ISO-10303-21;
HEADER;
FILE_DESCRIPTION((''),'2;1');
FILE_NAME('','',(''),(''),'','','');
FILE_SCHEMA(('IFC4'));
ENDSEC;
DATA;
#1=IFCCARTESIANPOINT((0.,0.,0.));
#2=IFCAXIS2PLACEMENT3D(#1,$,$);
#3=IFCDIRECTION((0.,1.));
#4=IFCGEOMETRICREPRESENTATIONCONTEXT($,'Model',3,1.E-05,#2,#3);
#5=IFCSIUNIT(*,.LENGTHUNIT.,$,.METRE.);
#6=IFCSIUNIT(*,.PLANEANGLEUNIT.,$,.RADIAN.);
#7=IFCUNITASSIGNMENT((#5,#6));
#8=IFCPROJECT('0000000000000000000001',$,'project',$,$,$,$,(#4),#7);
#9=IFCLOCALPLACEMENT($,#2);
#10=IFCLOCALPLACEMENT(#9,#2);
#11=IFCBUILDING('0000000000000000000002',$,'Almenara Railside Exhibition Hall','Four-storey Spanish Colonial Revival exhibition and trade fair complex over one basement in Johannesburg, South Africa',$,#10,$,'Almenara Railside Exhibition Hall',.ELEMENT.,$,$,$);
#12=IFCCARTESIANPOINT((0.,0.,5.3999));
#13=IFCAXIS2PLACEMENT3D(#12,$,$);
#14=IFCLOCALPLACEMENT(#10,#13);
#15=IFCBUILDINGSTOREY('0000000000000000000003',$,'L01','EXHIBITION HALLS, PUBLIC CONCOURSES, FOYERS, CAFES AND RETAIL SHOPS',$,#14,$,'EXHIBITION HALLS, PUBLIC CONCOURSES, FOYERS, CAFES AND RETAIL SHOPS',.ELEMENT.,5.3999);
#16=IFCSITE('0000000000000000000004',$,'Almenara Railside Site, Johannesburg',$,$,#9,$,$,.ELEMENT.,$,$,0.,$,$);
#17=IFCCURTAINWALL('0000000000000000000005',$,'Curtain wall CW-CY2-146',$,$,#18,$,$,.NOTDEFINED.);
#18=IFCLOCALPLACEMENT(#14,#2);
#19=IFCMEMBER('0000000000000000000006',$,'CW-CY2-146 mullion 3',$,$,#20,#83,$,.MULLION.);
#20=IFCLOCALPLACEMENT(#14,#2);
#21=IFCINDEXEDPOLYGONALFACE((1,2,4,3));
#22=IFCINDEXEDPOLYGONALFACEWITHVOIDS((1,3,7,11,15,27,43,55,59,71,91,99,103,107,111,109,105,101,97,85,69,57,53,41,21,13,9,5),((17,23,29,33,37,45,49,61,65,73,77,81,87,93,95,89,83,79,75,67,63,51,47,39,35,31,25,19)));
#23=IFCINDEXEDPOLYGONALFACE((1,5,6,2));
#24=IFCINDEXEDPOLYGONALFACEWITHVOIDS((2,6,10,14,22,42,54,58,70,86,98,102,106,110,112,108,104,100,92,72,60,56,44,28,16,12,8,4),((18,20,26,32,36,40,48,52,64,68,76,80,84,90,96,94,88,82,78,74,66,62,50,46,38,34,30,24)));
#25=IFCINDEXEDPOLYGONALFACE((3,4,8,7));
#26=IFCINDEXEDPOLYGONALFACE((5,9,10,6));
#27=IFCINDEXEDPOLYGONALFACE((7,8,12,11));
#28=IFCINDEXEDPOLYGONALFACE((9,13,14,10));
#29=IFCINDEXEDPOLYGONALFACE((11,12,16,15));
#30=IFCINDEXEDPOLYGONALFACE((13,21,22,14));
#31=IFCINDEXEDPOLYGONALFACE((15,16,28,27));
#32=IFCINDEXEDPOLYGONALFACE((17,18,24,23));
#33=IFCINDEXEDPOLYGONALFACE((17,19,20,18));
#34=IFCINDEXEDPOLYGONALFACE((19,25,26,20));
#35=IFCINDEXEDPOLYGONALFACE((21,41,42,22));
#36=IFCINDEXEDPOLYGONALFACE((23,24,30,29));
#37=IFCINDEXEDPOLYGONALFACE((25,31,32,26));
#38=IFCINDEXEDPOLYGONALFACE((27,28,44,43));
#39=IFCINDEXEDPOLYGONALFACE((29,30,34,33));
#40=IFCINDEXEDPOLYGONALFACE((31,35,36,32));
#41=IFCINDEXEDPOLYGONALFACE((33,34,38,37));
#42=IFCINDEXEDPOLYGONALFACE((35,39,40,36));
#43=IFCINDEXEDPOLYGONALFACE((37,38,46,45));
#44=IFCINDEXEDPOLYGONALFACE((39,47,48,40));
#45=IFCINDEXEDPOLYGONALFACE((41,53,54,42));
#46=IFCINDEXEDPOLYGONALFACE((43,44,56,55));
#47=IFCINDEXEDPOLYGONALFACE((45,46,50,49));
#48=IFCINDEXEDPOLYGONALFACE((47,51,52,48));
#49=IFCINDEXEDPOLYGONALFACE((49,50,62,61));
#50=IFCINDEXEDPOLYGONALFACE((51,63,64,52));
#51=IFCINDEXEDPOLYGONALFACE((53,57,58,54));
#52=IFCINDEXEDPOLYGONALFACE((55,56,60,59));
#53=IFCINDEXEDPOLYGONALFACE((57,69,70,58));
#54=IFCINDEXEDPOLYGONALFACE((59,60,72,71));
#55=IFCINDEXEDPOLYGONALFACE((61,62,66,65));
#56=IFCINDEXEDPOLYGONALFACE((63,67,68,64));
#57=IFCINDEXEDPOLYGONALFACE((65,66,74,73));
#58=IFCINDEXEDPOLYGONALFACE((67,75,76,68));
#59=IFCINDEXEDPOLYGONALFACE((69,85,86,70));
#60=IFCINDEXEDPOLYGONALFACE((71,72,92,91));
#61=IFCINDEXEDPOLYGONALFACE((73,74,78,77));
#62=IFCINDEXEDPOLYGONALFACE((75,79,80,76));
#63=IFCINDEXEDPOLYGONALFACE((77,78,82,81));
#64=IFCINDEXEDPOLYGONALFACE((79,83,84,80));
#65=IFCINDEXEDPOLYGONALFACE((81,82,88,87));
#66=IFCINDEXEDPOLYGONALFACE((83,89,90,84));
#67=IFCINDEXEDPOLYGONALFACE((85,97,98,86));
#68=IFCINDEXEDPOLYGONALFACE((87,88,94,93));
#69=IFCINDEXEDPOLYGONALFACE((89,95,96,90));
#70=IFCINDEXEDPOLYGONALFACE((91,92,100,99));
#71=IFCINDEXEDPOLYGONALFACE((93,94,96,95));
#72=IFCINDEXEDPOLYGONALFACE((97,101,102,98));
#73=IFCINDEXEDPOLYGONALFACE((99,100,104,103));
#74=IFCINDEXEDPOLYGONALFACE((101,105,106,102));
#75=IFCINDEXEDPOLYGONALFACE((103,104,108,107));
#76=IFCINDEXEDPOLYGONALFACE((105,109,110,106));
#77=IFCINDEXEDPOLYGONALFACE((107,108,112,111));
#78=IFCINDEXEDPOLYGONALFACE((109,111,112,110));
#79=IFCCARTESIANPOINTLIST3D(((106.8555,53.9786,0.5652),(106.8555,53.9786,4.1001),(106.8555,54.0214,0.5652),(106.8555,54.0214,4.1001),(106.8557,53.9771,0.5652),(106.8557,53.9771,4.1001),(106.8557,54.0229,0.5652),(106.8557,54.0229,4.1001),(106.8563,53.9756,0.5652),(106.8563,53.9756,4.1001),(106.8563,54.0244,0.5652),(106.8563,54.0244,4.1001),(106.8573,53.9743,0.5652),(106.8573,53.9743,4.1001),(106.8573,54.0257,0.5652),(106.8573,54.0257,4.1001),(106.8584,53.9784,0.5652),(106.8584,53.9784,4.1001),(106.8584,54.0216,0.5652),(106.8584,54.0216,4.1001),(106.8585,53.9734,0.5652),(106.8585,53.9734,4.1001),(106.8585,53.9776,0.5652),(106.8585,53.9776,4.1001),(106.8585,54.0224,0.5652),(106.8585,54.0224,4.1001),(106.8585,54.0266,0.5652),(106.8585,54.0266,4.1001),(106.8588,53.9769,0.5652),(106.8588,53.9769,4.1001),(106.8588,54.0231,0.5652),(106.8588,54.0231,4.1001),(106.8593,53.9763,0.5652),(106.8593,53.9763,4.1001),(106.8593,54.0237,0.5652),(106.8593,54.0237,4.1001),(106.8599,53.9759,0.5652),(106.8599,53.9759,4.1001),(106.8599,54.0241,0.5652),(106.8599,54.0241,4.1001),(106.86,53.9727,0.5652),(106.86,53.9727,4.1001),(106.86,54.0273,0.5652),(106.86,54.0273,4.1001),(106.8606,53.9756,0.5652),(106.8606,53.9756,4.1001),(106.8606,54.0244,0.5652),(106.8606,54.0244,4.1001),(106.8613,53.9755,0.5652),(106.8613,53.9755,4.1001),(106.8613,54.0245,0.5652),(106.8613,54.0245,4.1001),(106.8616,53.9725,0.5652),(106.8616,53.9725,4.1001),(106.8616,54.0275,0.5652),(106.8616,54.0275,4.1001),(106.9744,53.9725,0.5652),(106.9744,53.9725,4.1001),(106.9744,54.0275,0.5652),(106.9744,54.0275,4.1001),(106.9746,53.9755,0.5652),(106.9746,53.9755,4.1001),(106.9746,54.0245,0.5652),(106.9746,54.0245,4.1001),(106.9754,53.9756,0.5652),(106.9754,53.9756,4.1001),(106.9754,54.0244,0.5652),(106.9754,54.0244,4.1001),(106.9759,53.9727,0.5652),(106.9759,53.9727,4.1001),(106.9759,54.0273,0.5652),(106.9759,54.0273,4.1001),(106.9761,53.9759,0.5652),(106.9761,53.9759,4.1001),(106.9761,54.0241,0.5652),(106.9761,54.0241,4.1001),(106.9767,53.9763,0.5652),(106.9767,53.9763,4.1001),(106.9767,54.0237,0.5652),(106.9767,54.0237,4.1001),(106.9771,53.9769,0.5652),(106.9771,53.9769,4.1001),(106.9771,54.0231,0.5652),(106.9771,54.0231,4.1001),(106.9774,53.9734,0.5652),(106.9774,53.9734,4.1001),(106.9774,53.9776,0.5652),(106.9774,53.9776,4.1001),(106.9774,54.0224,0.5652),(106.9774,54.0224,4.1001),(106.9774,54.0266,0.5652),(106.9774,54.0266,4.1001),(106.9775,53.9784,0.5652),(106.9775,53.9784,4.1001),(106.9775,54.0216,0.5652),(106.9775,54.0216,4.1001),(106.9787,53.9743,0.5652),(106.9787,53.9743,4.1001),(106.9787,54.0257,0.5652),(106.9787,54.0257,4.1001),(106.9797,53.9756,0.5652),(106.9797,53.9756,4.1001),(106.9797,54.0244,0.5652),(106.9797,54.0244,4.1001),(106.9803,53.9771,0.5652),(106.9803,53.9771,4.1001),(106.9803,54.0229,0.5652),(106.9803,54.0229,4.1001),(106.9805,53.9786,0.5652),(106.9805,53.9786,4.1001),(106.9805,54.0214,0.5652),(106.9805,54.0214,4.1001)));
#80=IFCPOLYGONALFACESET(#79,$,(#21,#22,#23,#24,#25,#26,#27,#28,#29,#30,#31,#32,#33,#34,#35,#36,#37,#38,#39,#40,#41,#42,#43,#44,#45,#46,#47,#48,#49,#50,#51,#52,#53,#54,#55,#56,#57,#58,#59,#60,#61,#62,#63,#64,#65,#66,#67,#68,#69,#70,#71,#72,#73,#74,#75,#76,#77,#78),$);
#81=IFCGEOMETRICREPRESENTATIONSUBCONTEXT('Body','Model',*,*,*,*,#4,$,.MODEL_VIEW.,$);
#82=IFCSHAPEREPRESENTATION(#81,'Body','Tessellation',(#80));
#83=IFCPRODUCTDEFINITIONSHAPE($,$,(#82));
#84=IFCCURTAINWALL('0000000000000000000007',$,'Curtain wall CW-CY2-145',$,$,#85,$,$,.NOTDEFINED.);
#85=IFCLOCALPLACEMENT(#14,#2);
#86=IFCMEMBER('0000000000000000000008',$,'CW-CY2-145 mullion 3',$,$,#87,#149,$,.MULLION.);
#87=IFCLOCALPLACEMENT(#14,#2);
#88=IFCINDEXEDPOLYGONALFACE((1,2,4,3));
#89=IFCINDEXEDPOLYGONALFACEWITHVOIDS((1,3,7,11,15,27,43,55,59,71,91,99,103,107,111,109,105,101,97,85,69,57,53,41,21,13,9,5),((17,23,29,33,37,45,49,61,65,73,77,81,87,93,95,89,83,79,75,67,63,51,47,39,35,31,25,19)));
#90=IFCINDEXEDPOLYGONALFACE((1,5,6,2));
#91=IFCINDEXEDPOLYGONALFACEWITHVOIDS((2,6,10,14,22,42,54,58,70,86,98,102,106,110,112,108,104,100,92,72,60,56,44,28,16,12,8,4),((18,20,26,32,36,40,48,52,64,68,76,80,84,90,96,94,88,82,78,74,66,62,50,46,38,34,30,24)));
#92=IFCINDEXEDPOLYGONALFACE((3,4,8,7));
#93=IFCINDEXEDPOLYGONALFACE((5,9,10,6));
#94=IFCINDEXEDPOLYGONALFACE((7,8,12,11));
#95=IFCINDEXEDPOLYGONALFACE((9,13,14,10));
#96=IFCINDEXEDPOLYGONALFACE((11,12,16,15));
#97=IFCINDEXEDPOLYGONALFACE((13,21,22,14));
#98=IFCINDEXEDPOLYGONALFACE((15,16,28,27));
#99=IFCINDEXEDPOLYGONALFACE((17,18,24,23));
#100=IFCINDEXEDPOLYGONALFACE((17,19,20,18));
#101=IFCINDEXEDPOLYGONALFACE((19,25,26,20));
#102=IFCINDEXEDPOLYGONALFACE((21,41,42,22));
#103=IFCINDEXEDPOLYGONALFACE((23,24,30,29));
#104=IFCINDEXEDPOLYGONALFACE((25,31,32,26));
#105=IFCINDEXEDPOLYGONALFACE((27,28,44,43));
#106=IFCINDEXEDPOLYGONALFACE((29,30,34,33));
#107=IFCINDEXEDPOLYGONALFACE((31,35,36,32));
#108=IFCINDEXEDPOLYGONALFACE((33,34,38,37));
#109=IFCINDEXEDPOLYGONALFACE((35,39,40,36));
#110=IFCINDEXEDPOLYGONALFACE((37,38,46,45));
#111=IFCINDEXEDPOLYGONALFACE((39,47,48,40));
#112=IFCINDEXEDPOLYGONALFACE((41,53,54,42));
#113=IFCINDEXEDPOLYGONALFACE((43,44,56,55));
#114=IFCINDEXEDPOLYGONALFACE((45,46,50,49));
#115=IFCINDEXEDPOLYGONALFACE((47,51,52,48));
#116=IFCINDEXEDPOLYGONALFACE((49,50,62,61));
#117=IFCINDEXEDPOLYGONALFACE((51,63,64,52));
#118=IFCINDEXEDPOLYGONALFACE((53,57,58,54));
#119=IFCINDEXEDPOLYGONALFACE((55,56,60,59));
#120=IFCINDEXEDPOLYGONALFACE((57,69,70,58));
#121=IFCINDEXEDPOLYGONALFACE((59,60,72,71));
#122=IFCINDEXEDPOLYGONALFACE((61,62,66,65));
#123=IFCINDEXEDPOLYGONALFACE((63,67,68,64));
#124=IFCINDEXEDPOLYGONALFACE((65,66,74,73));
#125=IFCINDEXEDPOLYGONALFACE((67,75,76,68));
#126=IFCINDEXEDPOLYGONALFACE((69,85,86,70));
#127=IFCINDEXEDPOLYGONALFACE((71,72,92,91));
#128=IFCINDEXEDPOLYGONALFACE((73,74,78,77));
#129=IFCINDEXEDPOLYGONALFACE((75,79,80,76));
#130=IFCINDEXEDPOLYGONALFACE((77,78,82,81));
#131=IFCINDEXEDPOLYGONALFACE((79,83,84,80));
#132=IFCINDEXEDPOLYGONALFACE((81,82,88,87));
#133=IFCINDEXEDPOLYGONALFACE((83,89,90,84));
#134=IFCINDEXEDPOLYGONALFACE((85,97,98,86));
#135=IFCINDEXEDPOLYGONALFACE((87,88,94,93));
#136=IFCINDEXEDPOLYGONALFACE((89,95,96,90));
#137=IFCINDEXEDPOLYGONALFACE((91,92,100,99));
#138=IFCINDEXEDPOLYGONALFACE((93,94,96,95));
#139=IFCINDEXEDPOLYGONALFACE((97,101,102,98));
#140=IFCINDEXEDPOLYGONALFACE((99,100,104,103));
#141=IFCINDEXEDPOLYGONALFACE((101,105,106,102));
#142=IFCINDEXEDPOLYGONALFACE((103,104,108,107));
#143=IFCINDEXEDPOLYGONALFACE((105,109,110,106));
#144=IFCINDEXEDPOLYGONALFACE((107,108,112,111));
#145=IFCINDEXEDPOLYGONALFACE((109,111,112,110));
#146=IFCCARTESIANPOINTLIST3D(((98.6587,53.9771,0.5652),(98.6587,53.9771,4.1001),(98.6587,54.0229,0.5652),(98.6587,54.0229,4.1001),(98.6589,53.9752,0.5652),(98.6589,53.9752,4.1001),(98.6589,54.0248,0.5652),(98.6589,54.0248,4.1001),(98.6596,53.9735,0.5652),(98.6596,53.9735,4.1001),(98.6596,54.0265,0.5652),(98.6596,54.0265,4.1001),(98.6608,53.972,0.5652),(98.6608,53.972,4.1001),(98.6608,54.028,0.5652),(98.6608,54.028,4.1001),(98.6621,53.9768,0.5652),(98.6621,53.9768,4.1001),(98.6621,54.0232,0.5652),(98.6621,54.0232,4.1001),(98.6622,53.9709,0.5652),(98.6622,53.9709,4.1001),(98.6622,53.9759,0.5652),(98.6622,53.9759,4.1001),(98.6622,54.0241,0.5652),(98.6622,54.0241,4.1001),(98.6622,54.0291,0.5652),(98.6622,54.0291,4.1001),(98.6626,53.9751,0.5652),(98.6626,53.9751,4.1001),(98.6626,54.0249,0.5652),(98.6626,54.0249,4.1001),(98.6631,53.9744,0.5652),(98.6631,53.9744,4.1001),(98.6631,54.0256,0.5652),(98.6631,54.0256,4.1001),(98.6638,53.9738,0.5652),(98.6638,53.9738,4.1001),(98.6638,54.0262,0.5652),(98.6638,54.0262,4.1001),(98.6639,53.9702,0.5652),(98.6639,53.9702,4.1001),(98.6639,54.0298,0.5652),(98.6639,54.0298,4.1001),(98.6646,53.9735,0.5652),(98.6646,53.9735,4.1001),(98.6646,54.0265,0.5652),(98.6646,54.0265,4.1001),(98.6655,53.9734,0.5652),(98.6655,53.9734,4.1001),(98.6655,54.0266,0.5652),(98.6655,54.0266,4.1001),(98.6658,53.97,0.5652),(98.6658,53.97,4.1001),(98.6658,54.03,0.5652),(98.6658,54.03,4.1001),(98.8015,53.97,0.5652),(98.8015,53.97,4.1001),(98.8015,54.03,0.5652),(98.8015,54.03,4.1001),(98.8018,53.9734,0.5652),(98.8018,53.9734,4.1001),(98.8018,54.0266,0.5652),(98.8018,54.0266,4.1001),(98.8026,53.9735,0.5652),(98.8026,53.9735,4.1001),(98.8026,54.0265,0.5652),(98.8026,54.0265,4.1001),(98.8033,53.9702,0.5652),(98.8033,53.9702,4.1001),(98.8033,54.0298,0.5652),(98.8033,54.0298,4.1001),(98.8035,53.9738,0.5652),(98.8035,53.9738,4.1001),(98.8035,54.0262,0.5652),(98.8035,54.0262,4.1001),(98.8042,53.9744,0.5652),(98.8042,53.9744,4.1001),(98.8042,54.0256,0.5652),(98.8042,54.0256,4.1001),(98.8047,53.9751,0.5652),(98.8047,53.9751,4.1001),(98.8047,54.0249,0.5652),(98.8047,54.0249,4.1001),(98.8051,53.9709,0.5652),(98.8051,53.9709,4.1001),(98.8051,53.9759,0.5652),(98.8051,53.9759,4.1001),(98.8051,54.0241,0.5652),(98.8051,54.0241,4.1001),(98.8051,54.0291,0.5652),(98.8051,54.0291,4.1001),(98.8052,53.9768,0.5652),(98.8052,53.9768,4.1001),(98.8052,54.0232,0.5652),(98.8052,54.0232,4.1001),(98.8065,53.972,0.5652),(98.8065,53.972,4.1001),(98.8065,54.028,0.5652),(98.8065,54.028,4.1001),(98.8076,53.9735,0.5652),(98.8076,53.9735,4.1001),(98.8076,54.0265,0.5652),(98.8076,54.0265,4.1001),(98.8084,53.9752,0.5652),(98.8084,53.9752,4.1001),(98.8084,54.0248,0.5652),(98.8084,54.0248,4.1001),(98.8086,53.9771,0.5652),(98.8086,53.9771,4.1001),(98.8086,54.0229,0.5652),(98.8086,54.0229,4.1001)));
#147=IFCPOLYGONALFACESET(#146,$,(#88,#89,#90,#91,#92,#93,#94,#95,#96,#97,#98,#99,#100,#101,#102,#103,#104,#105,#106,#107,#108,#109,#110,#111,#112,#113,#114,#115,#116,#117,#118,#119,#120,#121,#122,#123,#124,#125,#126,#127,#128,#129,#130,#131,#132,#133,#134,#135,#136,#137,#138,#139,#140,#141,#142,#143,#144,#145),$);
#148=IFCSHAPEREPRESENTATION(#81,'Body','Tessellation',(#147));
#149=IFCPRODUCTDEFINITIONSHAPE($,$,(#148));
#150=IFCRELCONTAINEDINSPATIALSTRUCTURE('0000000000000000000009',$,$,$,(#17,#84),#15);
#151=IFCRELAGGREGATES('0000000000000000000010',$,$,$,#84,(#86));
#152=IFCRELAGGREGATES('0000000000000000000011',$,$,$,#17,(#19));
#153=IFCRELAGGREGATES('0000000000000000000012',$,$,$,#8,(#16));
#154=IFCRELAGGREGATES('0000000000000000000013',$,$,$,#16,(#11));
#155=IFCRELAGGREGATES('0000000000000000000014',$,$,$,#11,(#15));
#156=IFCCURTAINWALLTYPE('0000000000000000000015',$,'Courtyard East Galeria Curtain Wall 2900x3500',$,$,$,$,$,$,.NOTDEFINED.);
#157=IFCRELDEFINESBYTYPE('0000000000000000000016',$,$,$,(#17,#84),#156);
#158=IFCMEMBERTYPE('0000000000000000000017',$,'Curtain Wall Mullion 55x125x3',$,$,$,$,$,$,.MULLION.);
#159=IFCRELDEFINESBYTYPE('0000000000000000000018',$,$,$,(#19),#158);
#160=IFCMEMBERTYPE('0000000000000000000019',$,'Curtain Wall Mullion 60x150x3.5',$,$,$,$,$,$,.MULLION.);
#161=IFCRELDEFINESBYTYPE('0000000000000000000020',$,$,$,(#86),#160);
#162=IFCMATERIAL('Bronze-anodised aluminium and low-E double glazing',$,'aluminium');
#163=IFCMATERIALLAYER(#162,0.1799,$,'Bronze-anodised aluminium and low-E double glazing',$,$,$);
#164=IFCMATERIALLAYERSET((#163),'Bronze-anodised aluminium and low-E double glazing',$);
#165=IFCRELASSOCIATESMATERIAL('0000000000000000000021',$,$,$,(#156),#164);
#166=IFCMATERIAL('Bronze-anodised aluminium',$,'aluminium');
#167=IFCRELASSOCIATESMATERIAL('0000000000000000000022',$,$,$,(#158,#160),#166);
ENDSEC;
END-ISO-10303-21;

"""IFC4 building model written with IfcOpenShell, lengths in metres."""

from ifc_helpers import new_model, si_unit, direction, frame, origin, origin_2d, place, context, subcontext, project, spatial, hollow_rectangle, extrude, material, layer, layer_set, material_profile, profile_set, type_object, element, aggregate, save


model = new_model("IFC4")

# Units and contexts
model_context = context("Model", 3, precision=1e-05, world=origin(), true_north=direction((0.0, 1.0)))
body_context = subcontext(model_context, "Body", "Model", "MODEL_VIEW")
ifc_project = project(units=[si_unit("LENGTHUNIT", "METRE"), si_unit("PLANEANGLEUNIT", "RADIAN")], contexts=[model_context])

# Site, building, storey
site_placement = place(None, origin())
site = spatial("IfcSite", under=ifc_project, at=site_placement, Name="Almenara Railside Site, Johannesburg", CompositionType="ELEMENT", RefElevation=0.0)
building_placement = place(site_placement, origin())
building = spatial("IfcBuilding", under=site, at=building_placement, Name="Almenara Railside Exhibition Hall", Description="Four-storey Spanish Colonial Revival exhibition and trade fair complex over one basement in Johannesburg, South Africa", LongName="Almenara Railside Exhibition Hall", CompositionType="ELEMENT")
storey_placement = place(building_placement, frame((0.0, 0.0, 5.3999)))
storey = spatial("IfcBuildingStorey", under=building, at=storey_placement, Name="L01", Description="EXHIBITION HALLS, PUBLIC CONCOURSES, FOYERS, CAFES AND RETAIL SHOPS", LongName="EXHIBITION HALLS, PUBLIC CONCOURSES, FOYERS, CAFES AND RETAIL SHOPS", CompositionType="ELEMENT", Elevation=5.3999)

# Curtain wall, member
ifc_material_1 = material(Name="Bronze-anodised aluminium and low-E double glazing", Category="aluminium")
ifc_layer_1 = layer(ifc_material_1, 0.1799, Name="Bronze-anodised aluminium and low-E double glazing")
ifc_layer_set_1 = layer_set([ifc_layer_1], Name="Bronze-anodised aluminium and low-E double glazing")
curtain_wall_type = type_object("IfcCurtainWallType", Name="Courtyard East Galeria Curtain Wall 2900x3500", PredefinedType="NOTDEFINED", material=ifc_layer_set_1)
curtain_wall_1_placement = place(storey_placement, origin())
curtain_wall_1 = element("IfcCurtainWall", 1, at=curtain_wall_1_placement, inside=storey, type_object=curtain_wall_type, Name="Curtain wall CW-CY2-146", PredefinedType="NOTDEFINED")
ifc_material_2 = material(Name="Bronze-anodised aluminium", Category="aluminium")
ifc_material_profile_1 = material_profile(ifc_material_2, hollow_rectangle(XDim=0.0549, YDim=0.125, WallThickness=0.0029, InnerFilletRadius=0.0029, OuterFilletRadius=0.0061, at=origin_2d()), Name="ALU-MUL 55x125x3")
ifc_profile_set_1 = profile_set([ifc_material_profile_1], Name="Bronze-anodised aluminium")
member_type_1 = type_object("IfcMemberType", Name="Curtain Wall Mullion 55x125x3", PredefinedType="MULLION", material=ifc_profile_set_1)
member_1_placement = place(storey_placement, frame((106.918, 54.0, 0.5652), z_axis=(0.0, 0.0, 1.0), x_axis=(0.0, 1.0, 0.0)))
member_1 = element("IfcMember", 2, at=member_1_placement, type_object=member_type_1, Name="CW-CY2-146 mullion 3", PredefinedType="MULLION", context=body_context, shape_type="SweptSolid", body=[
    extrude(hollow_rectangle(XDim=0.0549, YDim=0.125, WallThickness=0.0029, InnerFilletRadius=0.0029, OuterFilletRadius=0.0061, at=origin_2d()), origin(), (0.0, 0.0, 1.0), 3.5349),
])

# Curtain wall, member
curtain_wall_2_placement = place(storey_placement, origin())
curtain_wall_2 = element("IfcCurtainWall", 3, at=curtain_wall_2_placement, inside=storey, type_object=curtain_wall_type, Name="Curtain wall CW-CY2-145", PredefinedType="NOTDEFINED")
ifc_material_profile_2 = material_profile(ifc_material_2, hollow_rectangle(XDim=0.0601, YDim=0.1499, WallThickness=0.0034, InnerFilletRadius=0.0034, OuterFilletRadius=0.0071, at=origin_2d()), Name="ALU-MUL 60x150x3.5")
ifc_profile_set_2 = profile_set([ifc_material_profile_2], Name="Bronze-anodised aluminium")
member_type_2 = type_object("IfcMemberType", Name="Curtain Wall Mullion 60x150x3.5", PredefinedType="MULLION", material=ifc_profile_set_2)
member_2_placement = place(storey_placement, frame((98.7336, 54.0, 0.5652), z_axis=(0.0, 0.0, 1.0), x_axis=(0.0, 1.0, 0.0)))
member_2 = element("IfcMember", 4, at=member_2_placement, type_object=member_type_2, Name="CW-CY2-145 mullion 3", PredefinedType="MULLION", context=body_context, shape_type="SweptSolid", body=[
    extrude(hollow_rectangle(XDim=0.0601, YDim=0.1499, WallThickness=0.0034, InnerFilletRadius=0.0034, OuterFilletRadius=0.0071, at=origin_2d()), origin(), (0.0, 0.0, 1.0), 3.5349),
])

aggregate(curtain_wall_2, [member_2])
aggregate(curtain_wall_1, [member_1])

save(model, "model.ifc")
